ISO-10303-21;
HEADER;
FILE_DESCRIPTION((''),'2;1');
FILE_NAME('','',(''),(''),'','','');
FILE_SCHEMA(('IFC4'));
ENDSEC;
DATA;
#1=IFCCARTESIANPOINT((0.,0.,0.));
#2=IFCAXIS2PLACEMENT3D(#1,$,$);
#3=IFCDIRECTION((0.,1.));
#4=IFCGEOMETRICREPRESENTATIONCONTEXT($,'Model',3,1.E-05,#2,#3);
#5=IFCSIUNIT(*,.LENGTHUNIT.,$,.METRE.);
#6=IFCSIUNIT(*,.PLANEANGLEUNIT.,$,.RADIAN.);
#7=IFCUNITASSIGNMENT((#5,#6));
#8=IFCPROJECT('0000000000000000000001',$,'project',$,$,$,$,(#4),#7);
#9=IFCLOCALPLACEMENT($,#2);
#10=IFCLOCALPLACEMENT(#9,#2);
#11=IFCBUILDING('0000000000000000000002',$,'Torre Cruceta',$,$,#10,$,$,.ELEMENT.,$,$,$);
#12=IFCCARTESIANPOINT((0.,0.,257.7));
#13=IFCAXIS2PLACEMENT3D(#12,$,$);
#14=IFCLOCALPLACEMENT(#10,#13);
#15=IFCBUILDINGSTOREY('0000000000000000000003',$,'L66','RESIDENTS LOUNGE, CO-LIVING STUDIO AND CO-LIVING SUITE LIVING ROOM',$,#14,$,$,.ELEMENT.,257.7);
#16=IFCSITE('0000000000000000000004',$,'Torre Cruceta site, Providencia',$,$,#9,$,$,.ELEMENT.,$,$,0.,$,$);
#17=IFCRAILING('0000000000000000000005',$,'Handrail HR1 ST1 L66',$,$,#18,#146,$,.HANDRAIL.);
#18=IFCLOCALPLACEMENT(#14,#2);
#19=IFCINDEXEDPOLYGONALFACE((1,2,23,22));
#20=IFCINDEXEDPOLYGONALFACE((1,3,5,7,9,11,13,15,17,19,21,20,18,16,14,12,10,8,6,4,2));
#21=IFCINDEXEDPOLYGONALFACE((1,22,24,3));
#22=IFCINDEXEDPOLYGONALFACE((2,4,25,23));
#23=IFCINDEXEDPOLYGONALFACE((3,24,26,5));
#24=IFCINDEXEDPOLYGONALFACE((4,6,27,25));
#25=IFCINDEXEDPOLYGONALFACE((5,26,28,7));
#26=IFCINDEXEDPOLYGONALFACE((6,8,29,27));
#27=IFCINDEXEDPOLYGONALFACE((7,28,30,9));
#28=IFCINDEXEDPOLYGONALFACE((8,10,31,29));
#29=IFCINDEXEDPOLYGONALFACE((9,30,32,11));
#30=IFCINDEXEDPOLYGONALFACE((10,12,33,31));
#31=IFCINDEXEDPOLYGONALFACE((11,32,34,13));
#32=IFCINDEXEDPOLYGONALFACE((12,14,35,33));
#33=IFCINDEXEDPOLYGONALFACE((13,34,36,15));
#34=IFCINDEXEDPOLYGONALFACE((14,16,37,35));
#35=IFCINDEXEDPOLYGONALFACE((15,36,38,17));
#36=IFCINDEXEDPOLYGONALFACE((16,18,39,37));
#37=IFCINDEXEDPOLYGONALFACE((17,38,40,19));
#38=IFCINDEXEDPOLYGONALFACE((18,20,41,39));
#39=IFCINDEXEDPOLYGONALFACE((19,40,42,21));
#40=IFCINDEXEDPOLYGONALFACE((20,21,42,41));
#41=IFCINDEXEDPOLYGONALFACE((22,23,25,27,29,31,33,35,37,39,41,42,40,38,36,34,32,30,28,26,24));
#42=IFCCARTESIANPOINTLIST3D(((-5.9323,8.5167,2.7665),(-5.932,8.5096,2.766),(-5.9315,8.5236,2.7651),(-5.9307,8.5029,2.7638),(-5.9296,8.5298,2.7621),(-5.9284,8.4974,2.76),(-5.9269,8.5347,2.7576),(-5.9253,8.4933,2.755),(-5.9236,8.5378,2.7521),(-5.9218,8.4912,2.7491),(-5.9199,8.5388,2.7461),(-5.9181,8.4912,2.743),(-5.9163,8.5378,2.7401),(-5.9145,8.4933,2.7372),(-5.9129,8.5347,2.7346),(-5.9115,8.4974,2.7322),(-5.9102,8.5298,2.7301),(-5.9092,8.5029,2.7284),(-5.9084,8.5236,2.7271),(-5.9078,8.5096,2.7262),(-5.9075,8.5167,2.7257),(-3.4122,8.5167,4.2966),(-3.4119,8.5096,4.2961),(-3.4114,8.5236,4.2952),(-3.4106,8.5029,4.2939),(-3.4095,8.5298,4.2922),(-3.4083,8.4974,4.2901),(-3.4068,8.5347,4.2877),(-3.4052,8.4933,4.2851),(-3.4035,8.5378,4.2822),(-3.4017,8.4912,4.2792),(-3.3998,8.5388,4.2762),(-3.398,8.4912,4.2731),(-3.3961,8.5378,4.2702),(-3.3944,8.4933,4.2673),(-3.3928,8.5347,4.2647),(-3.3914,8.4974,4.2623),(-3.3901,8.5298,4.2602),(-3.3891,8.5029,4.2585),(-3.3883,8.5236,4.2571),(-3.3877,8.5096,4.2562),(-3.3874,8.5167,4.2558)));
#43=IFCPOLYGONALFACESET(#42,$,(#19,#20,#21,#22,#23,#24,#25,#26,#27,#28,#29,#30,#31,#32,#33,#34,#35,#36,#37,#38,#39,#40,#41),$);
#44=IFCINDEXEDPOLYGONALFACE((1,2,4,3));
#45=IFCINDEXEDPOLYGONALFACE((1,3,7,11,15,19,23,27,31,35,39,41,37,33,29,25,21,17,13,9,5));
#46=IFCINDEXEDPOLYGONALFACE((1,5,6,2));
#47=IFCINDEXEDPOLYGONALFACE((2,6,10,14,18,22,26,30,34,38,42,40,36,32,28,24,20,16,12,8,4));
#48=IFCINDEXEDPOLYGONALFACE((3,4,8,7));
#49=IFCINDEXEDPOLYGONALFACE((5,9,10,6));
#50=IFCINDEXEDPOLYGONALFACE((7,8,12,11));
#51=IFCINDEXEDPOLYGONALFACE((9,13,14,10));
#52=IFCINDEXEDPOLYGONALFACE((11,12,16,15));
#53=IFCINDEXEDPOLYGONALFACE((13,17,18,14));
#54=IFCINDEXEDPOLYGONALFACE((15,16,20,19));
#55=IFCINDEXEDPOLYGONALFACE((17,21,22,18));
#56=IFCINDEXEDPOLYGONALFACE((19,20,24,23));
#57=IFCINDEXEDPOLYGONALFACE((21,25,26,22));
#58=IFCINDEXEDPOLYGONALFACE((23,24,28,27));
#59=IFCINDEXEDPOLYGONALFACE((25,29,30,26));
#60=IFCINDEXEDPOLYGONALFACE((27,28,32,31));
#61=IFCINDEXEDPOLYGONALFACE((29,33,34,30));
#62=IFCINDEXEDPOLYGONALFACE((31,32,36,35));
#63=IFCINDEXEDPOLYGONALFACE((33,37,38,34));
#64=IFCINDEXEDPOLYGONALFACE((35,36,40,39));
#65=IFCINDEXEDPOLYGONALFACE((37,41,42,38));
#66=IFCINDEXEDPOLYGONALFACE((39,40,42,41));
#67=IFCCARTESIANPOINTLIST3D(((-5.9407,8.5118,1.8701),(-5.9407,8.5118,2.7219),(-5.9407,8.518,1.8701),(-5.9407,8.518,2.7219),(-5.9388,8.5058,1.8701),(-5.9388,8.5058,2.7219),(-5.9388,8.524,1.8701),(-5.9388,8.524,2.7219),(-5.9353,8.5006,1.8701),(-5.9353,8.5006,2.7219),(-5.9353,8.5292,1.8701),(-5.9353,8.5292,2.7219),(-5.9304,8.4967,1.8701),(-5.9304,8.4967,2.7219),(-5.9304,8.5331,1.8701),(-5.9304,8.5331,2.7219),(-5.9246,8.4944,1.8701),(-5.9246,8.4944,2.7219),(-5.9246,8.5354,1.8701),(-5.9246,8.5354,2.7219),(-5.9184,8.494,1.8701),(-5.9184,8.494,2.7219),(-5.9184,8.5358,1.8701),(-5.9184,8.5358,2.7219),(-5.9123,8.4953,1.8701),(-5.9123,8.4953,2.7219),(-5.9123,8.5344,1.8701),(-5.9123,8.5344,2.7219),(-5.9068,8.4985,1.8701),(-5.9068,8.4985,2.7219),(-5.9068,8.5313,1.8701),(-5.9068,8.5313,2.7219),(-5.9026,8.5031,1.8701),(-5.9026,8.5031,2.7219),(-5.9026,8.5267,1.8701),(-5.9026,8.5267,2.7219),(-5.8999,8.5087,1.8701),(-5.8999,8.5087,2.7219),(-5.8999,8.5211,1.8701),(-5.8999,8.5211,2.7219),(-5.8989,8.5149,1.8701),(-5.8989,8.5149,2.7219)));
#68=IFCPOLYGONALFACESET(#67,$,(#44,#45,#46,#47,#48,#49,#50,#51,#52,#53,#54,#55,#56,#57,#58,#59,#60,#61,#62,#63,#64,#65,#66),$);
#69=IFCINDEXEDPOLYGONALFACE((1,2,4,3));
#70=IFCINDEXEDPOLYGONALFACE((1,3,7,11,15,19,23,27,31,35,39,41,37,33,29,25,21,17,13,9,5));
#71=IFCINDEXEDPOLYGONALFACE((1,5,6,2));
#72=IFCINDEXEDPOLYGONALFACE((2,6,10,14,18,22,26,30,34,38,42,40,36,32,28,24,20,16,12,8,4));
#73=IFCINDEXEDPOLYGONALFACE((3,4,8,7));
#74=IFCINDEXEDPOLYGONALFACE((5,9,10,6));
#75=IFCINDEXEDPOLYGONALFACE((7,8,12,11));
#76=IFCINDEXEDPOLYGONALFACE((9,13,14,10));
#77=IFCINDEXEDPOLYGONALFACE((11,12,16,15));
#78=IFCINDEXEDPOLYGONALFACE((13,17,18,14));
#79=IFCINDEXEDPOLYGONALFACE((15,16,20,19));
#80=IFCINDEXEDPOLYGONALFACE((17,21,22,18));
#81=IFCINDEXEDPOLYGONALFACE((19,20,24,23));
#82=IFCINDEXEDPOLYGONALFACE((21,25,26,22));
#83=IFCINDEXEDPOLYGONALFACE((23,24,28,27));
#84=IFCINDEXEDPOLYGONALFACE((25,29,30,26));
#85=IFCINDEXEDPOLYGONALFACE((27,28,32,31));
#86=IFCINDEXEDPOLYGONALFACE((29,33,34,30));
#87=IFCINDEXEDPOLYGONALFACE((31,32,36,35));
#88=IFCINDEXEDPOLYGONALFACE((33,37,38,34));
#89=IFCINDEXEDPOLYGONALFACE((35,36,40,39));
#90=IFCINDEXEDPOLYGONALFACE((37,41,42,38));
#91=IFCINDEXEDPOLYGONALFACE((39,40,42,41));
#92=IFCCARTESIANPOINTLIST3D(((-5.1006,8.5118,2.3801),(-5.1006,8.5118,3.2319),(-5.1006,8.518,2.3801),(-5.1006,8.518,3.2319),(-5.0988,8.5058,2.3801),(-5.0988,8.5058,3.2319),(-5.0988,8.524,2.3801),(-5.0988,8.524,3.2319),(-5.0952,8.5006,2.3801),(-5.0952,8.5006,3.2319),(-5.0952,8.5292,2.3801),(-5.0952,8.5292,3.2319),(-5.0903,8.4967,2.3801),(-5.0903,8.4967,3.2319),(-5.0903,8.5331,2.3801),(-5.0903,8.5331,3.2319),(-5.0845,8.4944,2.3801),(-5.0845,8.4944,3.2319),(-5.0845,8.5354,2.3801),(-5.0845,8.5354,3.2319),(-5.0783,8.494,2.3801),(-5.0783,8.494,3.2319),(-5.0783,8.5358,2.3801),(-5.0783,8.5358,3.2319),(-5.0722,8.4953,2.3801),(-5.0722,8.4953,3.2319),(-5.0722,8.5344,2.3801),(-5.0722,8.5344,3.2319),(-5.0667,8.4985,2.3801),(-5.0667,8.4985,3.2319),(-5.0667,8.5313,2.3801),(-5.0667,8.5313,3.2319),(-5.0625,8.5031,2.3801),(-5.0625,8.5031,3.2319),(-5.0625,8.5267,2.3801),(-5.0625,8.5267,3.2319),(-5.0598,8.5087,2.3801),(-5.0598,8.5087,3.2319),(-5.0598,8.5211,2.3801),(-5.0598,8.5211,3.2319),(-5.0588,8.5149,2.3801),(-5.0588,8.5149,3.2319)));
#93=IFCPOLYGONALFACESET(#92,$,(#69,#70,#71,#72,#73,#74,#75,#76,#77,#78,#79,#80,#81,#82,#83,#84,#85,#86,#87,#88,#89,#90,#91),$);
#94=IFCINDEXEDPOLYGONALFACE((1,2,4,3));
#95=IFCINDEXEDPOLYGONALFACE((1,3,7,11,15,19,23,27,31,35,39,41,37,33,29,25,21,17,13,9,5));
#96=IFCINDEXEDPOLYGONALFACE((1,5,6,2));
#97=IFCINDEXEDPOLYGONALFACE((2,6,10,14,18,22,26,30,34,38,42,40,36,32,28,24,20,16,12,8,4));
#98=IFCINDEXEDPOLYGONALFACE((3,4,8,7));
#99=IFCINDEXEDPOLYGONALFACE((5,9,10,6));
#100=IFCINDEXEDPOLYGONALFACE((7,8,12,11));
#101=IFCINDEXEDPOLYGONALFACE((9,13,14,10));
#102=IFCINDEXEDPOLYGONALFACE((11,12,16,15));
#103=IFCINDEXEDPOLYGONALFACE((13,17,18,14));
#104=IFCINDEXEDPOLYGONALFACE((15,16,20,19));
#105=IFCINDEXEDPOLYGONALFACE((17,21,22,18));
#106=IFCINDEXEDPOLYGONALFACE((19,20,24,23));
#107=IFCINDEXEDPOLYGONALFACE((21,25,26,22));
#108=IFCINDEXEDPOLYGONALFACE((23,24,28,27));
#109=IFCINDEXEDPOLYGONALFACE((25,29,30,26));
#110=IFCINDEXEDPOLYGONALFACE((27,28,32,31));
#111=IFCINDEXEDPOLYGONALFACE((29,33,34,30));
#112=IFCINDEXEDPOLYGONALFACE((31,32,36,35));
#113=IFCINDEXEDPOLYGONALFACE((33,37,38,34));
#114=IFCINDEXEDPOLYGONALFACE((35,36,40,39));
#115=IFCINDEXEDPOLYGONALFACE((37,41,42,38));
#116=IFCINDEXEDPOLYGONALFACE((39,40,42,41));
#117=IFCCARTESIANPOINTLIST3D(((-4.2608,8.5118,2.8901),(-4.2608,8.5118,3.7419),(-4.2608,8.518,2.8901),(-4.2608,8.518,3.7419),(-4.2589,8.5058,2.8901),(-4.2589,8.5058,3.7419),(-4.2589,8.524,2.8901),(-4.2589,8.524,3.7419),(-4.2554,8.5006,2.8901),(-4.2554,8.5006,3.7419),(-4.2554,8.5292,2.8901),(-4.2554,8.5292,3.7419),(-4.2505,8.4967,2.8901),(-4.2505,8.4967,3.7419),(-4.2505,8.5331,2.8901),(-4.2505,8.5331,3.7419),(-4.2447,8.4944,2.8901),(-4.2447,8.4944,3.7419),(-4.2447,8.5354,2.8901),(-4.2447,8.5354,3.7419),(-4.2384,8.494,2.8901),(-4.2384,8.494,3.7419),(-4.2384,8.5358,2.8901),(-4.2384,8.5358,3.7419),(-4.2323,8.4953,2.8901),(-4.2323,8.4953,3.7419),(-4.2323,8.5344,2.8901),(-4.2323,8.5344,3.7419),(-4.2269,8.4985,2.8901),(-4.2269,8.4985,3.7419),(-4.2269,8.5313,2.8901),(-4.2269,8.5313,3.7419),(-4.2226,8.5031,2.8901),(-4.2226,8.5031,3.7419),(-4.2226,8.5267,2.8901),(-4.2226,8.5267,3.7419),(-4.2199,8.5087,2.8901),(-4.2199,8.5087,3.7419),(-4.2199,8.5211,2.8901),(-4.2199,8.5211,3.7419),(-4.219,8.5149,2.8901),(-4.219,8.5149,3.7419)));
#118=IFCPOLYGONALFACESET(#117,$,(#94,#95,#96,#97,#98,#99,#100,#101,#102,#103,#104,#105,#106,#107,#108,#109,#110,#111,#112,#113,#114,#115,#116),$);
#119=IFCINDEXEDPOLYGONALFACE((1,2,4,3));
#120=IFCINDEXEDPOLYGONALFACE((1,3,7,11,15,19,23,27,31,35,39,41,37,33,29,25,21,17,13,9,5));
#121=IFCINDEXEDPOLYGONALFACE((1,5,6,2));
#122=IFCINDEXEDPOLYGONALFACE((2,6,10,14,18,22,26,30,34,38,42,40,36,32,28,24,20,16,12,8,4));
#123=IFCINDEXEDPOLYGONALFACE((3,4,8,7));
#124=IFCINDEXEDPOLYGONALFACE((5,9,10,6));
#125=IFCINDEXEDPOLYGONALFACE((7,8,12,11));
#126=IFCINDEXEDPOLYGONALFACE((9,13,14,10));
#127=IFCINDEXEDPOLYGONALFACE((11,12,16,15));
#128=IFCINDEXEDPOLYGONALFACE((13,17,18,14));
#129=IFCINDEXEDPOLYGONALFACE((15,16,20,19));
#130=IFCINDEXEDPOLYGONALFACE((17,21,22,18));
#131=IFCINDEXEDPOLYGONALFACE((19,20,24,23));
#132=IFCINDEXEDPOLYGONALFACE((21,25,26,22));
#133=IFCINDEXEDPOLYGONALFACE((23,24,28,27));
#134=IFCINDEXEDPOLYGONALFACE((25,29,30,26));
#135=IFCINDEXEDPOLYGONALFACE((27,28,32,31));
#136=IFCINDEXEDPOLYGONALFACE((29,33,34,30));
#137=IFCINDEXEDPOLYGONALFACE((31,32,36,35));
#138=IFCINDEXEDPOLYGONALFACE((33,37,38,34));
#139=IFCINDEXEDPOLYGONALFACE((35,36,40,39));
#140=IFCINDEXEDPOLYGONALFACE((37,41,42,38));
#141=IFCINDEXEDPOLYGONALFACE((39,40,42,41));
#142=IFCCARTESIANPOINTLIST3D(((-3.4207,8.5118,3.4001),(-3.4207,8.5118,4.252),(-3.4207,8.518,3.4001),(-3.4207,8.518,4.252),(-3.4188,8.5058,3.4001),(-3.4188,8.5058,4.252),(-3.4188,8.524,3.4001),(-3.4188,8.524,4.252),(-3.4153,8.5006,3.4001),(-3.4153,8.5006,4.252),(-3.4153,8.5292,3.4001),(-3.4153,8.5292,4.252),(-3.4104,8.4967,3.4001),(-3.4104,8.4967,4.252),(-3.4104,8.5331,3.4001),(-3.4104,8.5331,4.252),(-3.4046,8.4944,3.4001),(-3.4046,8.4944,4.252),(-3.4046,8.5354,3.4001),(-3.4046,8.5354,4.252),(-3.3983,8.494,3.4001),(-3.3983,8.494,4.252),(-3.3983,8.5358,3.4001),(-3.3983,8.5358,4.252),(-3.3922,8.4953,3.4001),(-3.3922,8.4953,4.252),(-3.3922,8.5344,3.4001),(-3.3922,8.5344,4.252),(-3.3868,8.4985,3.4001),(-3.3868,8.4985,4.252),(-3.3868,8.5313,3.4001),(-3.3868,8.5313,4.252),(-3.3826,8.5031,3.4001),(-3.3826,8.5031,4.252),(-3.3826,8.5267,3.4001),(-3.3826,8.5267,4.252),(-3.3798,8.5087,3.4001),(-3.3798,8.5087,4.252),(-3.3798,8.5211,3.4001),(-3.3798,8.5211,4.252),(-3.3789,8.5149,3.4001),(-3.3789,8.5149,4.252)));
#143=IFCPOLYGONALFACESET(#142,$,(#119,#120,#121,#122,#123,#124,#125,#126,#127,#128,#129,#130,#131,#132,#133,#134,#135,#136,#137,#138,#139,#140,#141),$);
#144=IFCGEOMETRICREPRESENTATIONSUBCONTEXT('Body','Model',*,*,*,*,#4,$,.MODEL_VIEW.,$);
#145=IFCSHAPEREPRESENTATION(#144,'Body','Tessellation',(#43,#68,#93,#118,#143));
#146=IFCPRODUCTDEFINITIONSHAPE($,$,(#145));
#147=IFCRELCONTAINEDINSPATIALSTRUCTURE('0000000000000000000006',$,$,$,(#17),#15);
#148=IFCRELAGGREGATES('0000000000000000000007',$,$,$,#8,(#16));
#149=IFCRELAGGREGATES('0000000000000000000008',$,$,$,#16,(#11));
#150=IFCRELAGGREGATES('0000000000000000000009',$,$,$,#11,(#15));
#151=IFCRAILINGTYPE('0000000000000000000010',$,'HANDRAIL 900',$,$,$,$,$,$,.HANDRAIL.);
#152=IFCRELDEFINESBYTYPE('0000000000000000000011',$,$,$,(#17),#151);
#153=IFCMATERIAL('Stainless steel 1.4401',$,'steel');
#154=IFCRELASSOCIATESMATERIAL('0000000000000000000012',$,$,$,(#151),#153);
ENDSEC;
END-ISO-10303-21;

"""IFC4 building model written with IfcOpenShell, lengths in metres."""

from ifc_helpers import new_model, si_unit, direction, frame, origin, origin_2d, place, context, subcontext, project, spatial, circle, extrude, material, type_object, element, save


model = new_model("IFC4")

# Units and contexts
model_context = context("Model", 3, precision=1e-05, world=origin(), true_north=direction((0.0, 1.0)))
body_context = subcontext(model_context, "Body", "Model", "MODEL_VIEW")
ifc_project = project(units=[si_unit("LENGTHUNIT", "METRE"), si_unit("PLANEANGLEUNIT", "RADIAN")], contexts=[model_context])

# Site, building, storey
site_placement = place(None, origin())
site = spatial("IfcSite", under=ifc_project, at=site_placement, Name="Torre Cruceta site, Providencia", CompositionType="ELEMENT", RefElevation=0.0)
building_placement = place(site_placement, origin())
building = spatial("IfcBuilding", under=site, at=building_placement, Name="Torre Cruceta", CompositionType="ELEMENT")
storey_placement = place(building_placement, frame((0.0, 0.0, 257.7)))
storey = spatial("IfcBuildingStorey", under=building, at=storey_placement, Name="L66", Description="RESIDENTS LOUNGE, CO-LIVING STUDIO AND CO-LIVING SUITE LIVING ROOM", CompositionType="ELEMENT", Elevation=257.7)

# Railing
ifc_material_1 = material(Name="Stainless steel 1.4401", Category="steel")
railing_type = type_object("IfcRailingType", Name="HANDRAIL 900", PredefinedType="HANDRAIL", material=ifc_material_1)
railing_placement = place(storey_placement, frame((-5.9199, 8.5149, 1.8701)))
element("IfcRailing", 1, at=railing_placement, inside=storey, type_object=railing_type, Name="Handrail HR1 ST1 L66", PredefinedType="HANDRAIL", context=body_context, shape_type="SweptSolid", body=[
    extrude(circle(Radius=0.0239, at=origin_2d()), frame((0.0, 0.0, 0.876), z_axis=(0.854785, 0.0, 0.518982), x_axis=(0.0, 1.0, 0.0)), (0.0, 0.0, 1.0), 2.9482),
    extrude(circle(Radius=0.021, at=origin_2d()), origin(), (0.0, 0.0, 1.0), 0.8518),
    extrude(circle(Radius=0.021, at=origin_2d()), frame((0.8401, 0.0, 0.51)), (0.0, 0.0, 1.0), 0.8518),
    extrude(circle(Radius=0.021, at=origin_2d()), frame((1.6799, 0.0, 1.02)), (0.0, 0.0, 1.0), 0.8518),
    extrude(circle(Radius=0.021, at=origin_2d()), frame((2.52, 0.0, 1.53)), (0.0, 0.0, 1.0), 0.8518),
])

save(model, "model.ifc")
